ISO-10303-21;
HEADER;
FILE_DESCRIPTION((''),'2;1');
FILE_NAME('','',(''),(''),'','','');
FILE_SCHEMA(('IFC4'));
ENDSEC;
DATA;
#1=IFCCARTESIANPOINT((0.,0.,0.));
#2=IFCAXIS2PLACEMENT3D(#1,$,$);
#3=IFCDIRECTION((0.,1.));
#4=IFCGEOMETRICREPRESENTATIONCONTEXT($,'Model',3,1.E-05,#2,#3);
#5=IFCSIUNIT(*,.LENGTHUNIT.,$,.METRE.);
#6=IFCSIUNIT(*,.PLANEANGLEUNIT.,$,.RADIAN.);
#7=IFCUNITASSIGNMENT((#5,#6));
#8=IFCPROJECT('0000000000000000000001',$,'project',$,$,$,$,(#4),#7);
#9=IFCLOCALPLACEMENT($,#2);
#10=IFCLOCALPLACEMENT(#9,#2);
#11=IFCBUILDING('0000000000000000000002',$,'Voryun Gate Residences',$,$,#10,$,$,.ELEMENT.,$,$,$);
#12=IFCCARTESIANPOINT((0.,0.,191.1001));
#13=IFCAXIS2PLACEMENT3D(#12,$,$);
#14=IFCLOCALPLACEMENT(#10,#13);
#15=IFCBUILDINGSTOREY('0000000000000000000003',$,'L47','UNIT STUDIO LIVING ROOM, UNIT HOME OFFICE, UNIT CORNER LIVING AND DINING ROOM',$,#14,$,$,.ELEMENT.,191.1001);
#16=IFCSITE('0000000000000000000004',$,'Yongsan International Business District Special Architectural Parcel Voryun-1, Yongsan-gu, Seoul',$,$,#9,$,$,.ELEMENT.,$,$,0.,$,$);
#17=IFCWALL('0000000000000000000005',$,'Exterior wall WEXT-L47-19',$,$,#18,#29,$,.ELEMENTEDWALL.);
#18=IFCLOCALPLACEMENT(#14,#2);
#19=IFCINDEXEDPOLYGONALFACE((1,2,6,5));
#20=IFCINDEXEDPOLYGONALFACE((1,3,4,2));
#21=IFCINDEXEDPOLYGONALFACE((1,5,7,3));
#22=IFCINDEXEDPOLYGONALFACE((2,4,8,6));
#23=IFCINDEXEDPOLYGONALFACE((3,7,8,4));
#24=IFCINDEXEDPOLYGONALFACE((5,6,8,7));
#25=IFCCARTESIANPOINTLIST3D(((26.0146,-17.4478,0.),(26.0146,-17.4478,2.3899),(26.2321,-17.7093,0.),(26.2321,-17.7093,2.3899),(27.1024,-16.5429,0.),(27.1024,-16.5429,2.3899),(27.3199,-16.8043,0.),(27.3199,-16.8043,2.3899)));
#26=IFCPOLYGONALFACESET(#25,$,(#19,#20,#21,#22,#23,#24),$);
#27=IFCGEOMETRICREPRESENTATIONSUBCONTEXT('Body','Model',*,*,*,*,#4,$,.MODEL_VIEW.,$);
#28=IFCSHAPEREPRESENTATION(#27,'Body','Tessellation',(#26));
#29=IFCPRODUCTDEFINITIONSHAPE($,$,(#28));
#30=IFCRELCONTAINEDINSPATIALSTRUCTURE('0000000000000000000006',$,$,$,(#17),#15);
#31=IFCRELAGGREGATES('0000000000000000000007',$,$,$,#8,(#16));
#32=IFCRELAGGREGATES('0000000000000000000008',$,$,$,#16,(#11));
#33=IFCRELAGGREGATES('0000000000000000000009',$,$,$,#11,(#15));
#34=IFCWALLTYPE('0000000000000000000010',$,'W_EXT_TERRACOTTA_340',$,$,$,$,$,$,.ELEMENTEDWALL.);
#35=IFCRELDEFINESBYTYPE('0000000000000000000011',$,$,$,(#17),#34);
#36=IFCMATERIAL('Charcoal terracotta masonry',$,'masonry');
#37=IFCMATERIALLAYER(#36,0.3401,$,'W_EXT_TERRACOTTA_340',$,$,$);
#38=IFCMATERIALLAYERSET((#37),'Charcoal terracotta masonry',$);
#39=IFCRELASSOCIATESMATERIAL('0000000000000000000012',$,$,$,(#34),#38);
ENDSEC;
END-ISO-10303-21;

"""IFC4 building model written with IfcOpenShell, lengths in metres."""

from ifc_helpers import new_model, si_unit, direction, frame, frame_2d, origin, place, context, subcontext, project, spatial, rectangle, extrude, material, layer, layer_set, type_object, element, save


model = new_model("IFC4")

# Units and contexts
model_context = context("Model", 3, precision=1e-05, world=origin(), true_north=direction((0.0, 1.0)))
body_context = subcontext(model_context, "Body", "Model", "MODEL_VIEW")
ifc_project = project(units=[si_unit("LENGTHUNIT", "METRE"), si_unit("PLANEANGLEUNIT", "RADIAN")], contexts=[model_context])

# Site, building, storey
site_placement = place(None, origin())
site = spatial("IfcSite", under=ifc_project, at=site_placement, Name="Yongsan International Business District Special Architectural Parcel Voryun-1, Yongsan-gu, Seoul", CompositionType="ELEMENT", RefElevation=0.0)
building_placement = place(site_placement, origin())
building = spatial("IfcBuilding", under=site, at=building_placement, Name="Voryun Gate Residences", CompositionType="ELEMENT")
storey_placement = place(building_placement, frame((0.0, 0.0, 191.1001)))
storey = spatial("IfcBuildingStorey", under=building, at=storey_placement, Name="L47", Description="UNIT STUDIO LIVING ROOM, UNIT HOME OFFICE, UNIT CORNER LIVING AND DINING ROOM", CompositionType="ELEMENT", Elevation=191.1001)

# Wall
ifc_material_1 = material(Name="Charcoal terracotta masonry", Category="masonry")
ifc_layer_1 = layer(ifc_material_1, 0.3401, Name="W_EXT_TERRACOTTA_340")
ifc_layer_set_1 = layer_set([ifc_layer_1], Name="Charcoal terracotta masonry")
wall_type = type_object("IfcWallType", Name="W_EXT_TERRACOTTA_340", PredefinedType="ELEMENTEDWALL", material=ifc_layer_set_1)
wall_1_placement = place(storey_placement, frame((27.2112, -16.6736, 0.0), z_axis=(0.0, 0.0, 1.0), x_axis=(-0.768758, -0.639539, 0.0)))
element("IfcWall", 1, at=wall_1_placement, inside=storey, type_object=wall_type, Name="Exterior wall WEXT-L47-19", PredefinedType="ELEMENTEDWALL", context=body_context, shape_type="SweptSolid", body=[
    extrude(rectangle(XDim=1.415, YDim=0.3401, at=frame_2d((0.7075, 0.0))), origin(), (0.0, 0.0, 1.0), 2.3899),
])

save(model, "model.ifc")
